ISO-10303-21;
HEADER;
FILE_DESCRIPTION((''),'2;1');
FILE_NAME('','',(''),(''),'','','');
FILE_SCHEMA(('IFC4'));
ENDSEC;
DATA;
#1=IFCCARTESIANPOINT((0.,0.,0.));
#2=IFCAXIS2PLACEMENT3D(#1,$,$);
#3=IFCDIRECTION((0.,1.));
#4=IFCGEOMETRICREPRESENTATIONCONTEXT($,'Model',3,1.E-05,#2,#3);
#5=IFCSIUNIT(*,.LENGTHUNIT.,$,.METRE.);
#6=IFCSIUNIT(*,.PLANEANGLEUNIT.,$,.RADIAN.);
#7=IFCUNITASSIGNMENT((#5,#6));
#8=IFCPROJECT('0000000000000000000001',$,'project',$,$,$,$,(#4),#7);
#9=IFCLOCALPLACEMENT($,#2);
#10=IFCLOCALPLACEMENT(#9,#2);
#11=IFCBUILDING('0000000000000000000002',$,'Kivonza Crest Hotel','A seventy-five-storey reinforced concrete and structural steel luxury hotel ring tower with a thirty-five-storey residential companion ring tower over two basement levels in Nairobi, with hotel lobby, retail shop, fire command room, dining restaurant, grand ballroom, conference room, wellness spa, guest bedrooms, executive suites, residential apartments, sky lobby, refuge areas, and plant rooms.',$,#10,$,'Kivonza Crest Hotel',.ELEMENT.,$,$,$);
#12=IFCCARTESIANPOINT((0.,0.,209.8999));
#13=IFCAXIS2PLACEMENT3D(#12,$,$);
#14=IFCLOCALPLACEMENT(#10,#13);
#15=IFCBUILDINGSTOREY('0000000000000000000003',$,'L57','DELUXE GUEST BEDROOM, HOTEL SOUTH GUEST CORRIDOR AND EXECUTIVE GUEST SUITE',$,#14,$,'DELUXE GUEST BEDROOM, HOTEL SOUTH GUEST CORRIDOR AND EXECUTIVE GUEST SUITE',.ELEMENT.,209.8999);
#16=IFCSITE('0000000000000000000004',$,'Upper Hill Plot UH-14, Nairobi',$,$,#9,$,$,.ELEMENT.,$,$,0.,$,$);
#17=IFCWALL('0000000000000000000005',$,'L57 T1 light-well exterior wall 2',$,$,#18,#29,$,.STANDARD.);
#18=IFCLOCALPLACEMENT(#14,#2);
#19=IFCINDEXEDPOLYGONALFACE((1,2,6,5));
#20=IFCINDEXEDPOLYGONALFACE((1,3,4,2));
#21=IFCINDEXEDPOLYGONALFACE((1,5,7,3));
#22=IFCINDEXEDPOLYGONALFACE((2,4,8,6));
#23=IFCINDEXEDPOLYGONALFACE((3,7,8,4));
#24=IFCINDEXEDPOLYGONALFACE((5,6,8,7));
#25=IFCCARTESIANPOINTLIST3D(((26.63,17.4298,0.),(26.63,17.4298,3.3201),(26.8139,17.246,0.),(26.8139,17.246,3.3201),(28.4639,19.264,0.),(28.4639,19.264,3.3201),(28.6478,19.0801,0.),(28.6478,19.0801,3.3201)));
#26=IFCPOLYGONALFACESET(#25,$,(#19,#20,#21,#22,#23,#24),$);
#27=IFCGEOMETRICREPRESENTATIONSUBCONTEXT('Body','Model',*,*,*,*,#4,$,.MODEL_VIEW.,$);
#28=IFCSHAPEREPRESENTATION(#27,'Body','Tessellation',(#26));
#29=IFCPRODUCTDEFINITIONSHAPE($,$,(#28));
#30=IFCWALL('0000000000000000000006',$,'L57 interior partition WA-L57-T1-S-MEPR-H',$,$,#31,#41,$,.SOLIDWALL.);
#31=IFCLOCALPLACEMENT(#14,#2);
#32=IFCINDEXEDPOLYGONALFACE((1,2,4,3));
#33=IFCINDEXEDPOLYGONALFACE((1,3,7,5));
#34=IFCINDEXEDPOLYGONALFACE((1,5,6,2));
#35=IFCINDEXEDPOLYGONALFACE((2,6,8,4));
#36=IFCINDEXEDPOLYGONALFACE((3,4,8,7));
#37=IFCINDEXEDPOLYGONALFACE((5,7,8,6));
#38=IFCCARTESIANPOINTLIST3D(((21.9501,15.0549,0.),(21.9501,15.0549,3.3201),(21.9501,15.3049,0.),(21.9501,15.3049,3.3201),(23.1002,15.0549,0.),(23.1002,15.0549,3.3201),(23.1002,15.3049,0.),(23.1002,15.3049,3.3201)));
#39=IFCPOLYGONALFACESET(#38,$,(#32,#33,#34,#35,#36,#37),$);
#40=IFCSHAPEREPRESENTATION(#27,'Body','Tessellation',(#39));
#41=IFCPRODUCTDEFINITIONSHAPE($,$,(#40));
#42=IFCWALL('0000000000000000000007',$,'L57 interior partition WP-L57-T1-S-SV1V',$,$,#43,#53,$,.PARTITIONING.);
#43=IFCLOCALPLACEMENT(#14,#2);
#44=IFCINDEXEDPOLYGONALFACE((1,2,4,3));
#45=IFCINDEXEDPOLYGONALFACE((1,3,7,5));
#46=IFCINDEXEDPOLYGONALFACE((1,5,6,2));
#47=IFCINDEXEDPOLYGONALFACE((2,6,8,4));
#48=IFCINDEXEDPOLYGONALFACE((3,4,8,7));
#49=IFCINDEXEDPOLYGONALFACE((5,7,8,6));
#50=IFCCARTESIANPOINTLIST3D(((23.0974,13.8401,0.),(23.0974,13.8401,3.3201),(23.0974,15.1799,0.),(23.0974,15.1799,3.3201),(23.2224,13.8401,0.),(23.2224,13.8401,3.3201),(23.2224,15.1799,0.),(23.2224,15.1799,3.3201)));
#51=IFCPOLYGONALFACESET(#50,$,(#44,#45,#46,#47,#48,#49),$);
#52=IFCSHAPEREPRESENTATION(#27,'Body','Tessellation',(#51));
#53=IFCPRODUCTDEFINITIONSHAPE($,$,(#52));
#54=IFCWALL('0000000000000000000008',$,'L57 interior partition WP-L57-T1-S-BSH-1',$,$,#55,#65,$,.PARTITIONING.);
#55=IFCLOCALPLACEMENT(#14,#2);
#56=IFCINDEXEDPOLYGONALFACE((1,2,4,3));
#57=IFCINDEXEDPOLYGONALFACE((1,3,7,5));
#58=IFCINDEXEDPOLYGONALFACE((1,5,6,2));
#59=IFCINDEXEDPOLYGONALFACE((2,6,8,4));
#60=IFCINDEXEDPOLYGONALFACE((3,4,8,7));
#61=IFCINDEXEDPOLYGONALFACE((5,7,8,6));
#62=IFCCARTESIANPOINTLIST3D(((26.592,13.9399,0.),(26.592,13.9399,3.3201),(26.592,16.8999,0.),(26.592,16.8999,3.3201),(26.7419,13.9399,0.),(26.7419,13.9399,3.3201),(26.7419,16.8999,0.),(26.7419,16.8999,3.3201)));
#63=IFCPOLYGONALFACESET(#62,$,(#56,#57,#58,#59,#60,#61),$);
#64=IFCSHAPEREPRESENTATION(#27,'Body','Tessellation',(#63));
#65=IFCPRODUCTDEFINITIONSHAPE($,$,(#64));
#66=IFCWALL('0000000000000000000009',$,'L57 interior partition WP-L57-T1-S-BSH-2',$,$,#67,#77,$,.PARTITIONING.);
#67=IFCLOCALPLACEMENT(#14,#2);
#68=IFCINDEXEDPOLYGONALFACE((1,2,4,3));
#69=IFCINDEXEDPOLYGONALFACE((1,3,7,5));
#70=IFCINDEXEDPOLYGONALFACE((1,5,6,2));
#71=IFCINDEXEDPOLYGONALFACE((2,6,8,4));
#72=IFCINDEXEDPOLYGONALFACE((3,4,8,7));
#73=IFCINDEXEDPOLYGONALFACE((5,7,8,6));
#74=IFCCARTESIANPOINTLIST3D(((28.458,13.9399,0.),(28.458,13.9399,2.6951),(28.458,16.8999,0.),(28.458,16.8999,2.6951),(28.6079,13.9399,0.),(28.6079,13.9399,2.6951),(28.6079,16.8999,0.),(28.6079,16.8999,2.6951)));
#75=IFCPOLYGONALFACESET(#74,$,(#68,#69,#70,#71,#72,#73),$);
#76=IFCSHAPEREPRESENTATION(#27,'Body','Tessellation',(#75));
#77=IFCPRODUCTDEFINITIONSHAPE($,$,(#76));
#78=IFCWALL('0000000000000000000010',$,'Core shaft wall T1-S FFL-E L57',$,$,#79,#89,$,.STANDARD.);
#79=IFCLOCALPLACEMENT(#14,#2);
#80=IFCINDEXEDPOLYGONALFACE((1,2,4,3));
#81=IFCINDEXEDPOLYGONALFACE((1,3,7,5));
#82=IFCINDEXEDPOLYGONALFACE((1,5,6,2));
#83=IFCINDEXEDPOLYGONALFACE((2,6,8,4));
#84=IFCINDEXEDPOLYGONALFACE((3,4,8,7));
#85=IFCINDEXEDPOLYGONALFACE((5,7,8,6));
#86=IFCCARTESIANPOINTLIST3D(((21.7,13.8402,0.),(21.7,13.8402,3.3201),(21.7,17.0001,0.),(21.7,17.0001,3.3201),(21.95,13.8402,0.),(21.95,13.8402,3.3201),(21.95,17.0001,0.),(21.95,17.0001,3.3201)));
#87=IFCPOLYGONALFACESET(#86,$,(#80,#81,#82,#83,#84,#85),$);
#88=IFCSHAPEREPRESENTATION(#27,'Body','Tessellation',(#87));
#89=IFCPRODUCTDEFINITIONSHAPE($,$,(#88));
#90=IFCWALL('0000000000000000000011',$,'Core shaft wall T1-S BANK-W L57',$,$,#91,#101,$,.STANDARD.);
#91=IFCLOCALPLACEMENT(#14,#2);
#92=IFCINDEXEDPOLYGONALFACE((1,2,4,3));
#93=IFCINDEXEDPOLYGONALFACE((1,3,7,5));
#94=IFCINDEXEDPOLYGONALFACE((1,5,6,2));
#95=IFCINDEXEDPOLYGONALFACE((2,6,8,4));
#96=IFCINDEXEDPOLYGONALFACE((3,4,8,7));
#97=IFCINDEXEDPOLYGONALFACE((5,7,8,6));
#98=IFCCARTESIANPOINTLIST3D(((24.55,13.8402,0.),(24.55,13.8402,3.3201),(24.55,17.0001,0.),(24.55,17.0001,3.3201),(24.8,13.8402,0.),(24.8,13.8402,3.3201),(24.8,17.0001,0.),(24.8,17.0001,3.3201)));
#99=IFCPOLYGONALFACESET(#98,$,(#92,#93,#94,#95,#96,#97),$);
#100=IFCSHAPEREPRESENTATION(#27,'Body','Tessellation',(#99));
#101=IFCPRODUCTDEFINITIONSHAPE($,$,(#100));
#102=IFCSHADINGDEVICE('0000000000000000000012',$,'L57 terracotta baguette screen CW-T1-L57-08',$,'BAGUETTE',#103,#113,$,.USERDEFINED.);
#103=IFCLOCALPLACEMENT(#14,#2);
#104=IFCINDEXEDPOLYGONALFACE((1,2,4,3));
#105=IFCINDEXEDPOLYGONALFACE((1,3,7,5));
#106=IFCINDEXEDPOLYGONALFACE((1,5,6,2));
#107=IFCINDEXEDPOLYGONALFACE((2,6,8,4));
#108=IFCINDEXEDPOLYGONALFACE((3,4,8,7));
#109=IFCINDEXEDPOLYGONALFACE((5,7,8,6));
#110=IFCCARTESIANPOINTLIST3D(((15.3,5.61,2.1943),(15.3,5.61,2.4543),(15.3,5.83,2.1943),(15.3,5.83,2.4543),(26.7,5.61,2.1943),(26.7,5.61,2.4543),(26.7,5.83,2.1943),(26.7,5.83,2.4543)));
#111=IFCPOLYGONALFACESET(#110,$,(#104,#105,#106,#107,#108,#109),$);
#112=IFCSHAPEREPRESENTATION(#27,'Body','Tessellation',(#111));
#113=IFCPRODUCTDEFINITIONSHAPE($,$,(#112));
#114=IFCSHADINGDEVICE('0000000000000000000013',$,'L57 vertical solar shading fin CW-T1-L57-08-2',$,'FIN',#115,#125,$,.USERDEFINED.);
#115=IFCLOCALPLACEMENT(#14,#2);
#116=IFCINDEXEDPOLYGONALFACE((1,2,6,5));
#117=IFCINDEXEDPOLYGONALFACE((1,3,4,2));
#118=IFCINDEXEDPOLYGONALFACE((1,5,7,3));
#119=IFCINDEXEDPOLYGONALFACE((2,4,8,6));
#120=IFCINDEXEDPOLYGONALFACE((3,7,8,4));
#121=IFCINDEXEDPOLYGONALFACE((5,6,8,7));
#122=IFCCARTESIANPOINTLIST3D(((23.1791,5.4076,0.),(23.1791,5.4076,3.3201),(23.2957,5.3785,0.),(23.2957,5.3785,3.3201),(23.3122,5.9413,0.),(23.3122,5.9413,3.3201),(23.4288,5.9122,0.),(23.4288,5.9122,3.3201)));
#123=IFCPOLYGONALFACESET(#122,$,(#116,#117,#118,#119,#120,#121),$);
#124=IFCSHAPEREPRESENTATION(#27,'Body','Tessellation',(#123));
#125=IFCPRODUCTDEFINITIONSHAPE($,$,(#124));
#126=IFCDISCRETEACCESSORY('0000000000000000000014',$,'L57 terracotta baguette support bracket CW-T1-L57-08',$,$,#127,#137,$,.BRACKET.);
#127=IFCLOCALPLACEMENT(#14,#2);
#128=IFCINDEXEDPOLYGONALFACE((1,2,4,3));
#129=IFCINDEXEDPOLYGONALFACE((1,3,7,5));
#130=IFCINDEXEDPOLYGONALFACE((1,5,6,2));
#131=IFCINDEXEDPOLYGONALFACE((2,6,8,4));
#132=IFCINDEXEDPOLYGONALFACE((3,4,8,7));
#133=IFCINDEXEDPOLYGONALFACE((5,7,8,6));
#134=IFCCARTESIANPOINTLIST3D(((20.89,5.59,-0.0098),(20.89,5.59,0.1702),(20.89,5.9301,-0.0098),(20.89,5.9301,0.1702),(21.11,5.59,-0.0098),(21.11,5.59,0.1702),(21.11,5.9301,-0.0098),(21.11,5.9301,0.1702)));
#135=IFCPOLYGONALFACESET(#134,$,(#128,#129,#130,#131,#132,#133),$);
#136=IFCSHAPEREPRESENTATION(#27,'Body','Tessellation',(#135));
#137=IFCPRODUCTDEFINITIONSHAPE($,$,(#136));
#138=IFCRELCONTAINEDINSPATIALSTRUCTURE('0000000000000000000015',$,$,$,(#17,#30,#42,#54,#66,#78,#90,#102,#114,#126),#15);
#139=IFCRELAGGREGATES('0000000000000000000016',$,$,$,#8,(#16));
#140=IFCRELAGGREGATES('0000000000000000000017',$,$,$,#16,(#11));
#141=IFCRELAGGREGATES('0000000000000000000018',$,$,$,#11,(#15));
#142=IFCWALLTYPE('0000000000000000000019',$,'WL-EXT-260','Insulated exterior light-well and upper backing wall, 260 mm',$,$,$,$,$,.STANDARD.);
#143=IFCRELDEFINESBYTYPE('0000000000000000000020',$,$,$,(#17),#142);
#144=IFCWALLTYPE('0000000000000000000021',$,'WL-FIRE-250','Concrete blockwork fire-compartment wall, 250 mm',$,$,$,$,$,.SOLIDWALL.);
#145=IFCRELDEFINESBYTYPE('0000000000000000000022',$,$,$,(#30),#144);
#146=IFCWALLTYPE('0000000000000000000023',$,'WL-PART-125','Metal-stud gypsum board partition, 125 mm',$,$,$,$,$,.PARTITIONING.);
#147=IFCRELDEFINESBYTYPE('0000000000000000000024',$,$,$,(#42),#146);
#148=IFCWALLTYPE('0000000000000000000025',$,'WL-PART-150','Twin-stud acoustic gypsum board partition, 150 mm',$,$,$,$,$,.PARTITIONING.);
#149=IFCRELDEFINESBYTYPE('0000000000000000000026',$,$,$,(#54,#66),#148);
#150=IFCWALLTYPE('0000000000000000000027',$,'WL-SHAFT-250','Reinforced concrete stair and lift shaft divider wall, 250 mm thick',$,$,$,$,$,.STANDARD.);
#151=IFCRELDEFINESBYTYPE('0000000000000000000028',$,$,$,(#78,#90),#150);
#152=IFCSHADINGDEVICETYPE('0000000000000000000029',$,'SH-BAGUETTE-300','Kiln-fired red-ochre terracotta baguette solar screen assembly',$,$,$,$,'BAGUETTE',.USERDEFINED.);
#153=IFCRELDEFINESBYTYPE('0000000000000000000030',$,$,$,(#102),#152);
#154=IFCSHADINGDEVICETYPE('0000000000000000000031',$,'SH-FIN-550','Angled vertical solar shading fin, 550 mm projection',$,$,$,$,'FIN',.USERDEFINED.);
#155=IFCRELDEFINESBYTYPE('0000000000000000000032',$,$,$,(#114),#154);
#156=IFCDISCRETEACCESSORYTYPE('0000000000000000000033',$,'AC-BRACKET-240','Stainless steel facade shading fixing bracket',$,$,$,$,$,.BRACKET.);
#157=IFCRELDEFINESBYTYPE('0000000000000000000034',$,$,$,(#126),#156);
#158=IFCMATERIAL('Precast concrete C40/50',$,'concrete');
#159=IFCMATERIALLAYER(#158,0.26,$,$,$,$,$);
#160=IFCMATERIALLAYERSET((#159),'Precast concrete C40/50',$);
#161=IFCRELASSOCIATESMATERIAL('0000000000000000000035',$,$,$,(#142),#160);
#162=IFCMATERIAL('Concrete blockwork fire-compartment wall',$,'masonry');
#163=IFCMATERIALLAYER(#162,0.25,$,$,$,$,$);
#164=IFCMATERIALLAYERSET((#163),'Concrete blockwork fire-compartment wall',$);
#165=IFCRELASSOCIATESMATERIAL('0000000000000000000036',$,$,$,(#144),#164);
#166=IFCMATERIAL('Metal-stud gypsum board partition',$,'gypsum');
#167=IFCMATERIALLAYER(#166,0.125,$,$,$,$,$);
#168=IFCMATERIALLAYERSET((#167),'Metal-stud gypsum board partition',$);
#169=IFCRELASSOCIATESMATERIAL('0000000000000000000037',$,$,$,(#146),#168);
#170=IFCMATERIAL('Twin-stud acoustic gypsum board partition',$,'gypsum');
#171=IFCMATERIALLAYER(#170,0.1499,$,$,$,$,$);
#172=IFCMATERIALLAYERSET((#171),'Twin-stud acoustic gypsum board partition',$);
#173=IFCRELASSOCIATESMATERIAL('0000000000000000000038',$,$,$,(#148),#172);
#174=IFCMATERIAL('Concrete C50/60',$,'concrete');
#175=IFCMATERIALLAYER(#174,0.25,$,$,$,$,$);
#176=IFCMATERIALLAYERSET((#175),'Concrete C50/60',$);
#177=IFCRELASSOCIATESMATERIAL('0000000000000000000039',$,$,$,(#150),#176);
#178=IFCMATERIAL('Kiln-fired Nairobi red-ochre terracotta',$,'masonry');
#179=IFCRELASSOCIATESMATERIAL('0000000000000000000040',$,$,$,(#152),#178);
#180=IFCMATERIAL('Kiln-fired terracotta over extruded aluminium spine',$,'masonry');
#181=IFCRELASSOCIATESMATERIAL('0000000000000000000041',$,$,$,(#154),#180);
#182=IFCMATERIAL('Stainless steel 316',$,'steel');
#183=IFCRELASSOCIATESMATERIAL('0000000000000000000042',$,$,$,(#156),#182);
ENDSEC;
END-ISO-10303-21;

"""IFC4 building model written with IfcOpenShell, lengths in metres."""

from ifc_helpers import new_model, si_unit, direction, frame, frame_2d, origin, origin_2d, place, context, subcontext, project, spatial, rectangle, extrude, material, layer, layer_set, type_object, element, save


model = new_model("IFC4")

# Units and contexts
model_context = context("Model", 3, precision=1e-05, world=origin(), true_north=direction((0.0, 1.0)))
body_context = subcontext(model_context, "Body", "Model", "MODEL_VIEW")
ifc_project = project(units=[si_unit("LENGTHUNIT", "METRE"), si_unit("PLANEANGLEUNIT", "RADIAN")], contexts=[model_context])

# Site, building, storey
site_placement = place(None, origin())
site = spatial("IfcSite", under=ifc_project, at=site_placement, Name="Upper Hill Plot UH-14, Nairobi", CompositionType="ELEMENT", RefElevation=0.0)
building_placement = place(site_placement, origin())
building = spatial("IfcBuilding", under=site, at=building_placement, Name="Kivonza Crest Hotel", Description="A seventy-five-storey reinforced concrete and structural steel luxury hotel ring tower with a thirty-five-storey residential companion ring tower over two basement levels in Nairobi, with hotel lobby, retail shop, fire command room, dining restaurant, grand ballroom, conference room, wellness spa, guest bedrooms, executive suites, residential apartments, sky lobby, refuge areas, and plant rooms.", LongName="Kivonza Crest Hotel", CompositionType="ELEMENT")
storey_placement = place(building_placement, frame((0.0, 0.0, 209.8999)))
storey = spatial("IfcBuildingStorey", under=building, at=storey_placement, Name="L57", Description="DELUXE GUEST BEDROOM, HOTEL SOUTH GUEST CORRIDOR AND EXECUTIVE GUEST SUITE", LongName="DELUXE GUEST BEDROOM, HOTEL SOUTH GUEST CORRIDOR AND EXECUTIVE GUEST SUITE", CompositionType="ELEMENT", Elevation=209.8999)

# Shared definitions
ifc_material_1 = material(Name="Concrete C50/60", Category="concrete")

# Shared definitions
ifc_material_2 = material(Name="Precast concrete C40/50", Category="concrete")
ifc_layer_1 = layer(ifc_material_2, 0.26)
ifc_layer_set_1 = layer_set([ifc_layer_1], Name="Precast concrete C40/50")
wall_type_1 = type_object("IfcWallType", Name="WL-EXT-260", Description="Insulated exterior light-well and upper backing wall, 260 mm", PredefinedType="STANDARD", material=ifc_layer_set_1)

# Walls
wall_1_placement = place(storey_placement, frame((26.7219, 17.3379, 0.0), z_axis=(0.0, 0.0, 1.0), x_axis=(0.70706, 0.707154, 0.0)))
element("IfcWall", 1, at=wall_1_placement, inside=storey, type_object=wall_type_1, Name="L57 T1 light-well exterior wall 2", PredefinedType="STANDARD", context=body_context, shape_type="SweptSolid", body=[
    extrude(rectangle(XDim=2.5938, YDim=0.26, at=frame_2d((1.2969, 0.0))), origin(), (0.0, 0.0, 1.0), 3.3201),
])
ifc_material_3 = material(Name="Concrete blockwork fire-compartment wall", Category="masonry")
ifc_layer_2 = layer(ifc_material_3, 0.25)
ifc_layer_set_2 = layer_set([ifc_layer_2], Name="Concrete blockwork fire-compartment wall")
wall_type_2 = type_object("IfcWallType", Name="WL-FIRE-250", Description="Concrete blockwork fire-compartment wall, 250 mm", PredefinedType="SOLIDWALL", material=ifc_layer_set_2)
wall_2_placement = place(storey_placement, frame((21.95, 15.1799, 0.0), z_axis=(0.0, 0.0, 1.0), x_axis=(1.0, 0.0, 0.0)))
element("IfcWall", 2, at=wall_2_placement, inside=storey, type_object=wall_type_2, Name="L57 interior partition WA-L57-T1-S-MEPR-H", PredefinedType="SOLIDWALL", context=body_context, shape_type="SweptSolid", body=[
    extrude(rectangle(XDim=1.1501, YDim=0.25, at=frame_2d((0.5752, 0.0))), origin(), (0.0, 0.0, 1.0), 3.3201),
])
ifc_material_4 = material(Name="Metal-stud gypsum board partition", Category="gypsum")
ifc_layer_3 = layer(ifc_material_4, 0.125)
ifc_layer_set_3 = layer_set([ifc_layer_3], Name="Metal-stud gypsum board partition")
wall_type_3 = type_object("IfcWallType", Name="WL-PART-125", Description="Metal-stud gypsum board partition, 125 mm", PredefinedType="PARTITIONING", material=ifc_layer_set_3)
wall_3_placement = place(storey_placement, frame((23.1599, 13.8401, 0.0), z_axis=(0.0, 0.0, 1.0), x_axis=(0.0, 1.0, 0.0)))
element("IfcWall", 3, at=wall_3_placement, inside=storey, type_object=wall_type_3, Name="L57 interior partition WP-L57-T1-S-SV1V", PredefinedType="PARTITIONING", context=body_context, shape_type="SweptSolid", body=[
    extrude(rectangle(XDim=1.3398, YDim=0.125, at=frame_2d((0.6699, 0.0))), origin(), (0.0, 0.0, 1.0), 3.3201),
])
ifc_material_5 = material(Name="Twin-stud acoustic gypsum board partition", Category="gypsum")
ifc_layer_4 = layer(ifc_material_5, 0.1499)
ifc_layer_set_4 = layer_set([ifc_layer_4], Name="Twin-stud acoustic gypsum board partition")
wall_type_4 = type_object("IfcWallType", Name="WL-PART-150", Description="Twin-stud acoustic gypsum board partition, 150 mm", PredefinedType="PARTITIONING", material=ifc_layer_set_4)
wall_4_placement = place(storey_placement, frame((26.667, 13.9399, 0.0), z_axis=(0.0, 0.0, 1.0), x_axis=(0.0, 1.0, 0.0)))
element("IfcWall", 4, at=wall_4_placement, inside=storey, type_object=wall_type_4, Name="L57 interior partition WP-L57-T1-S-BSH-1", PredefinedType="PARTITIONING", context=body_context, shape_type="SweptSolid", body=[
    extrude(rectangle(XDim=2.96, YDim=0.1499, at=frame_2d((1.48, 0.0))), origin(), (0.0, 0.0, 1.0), 3.3201),
])
wall_5_placement = place(storey_placement, frame((28.533, 13.9399, 0.0), z_axis=(0.0, 0.0, 1.0), x_axis=(0.0, 1.0, 0.0)))
element("IfcWall", 5, at=wall_5_placement, inside=storey, type_object=wall_type_4, Name="L57 interior partition WP-L57-T1-S-BSH-2", PredefinedType="PARTITIONING", context=body_context, shape_type="SweptSolid", body=[
    extrude(rectangle(XDim=2.96, YDim=0.1499, at=frame_2d((1.48, 0.0))), origin(), (0.0, 0.0, 1.0), 2.6951),
])
ifc_layer_5 = layer(ifc_material_1, 0.25)
ifc_layer_set_5 = layer_set([ifc_layer_5], Name="Concrete C50/60")
wall_type_5 = type_object("IfcWallType", Name="WL-SHAFT-250", Description="Reinforced concrete stair and lift shaft divider wall, 250 mm thick", PredefinedType="STANDARD", material=ifc_layer_set_5)
for number, where, z_axis, x_axis, name in (
    (6, (21.825, 13.8401, 0.0), (0.0, 0.0, 1.0), (0.0, 1.0, 0.0), "Core shaft wall T1-S FFL-E L57"),
    (7, (24.675, 13.8401, 0.0), (0.0, 0.0, 1.0), (0.0, 1.0, 0.0), "Core shaft wall T1-S BANK-W L57"),
):
    element("IfcWall", number, at=place(storey_placement, frame(where, z_axis=z_axis, x_axis=x_axis)), inside=storey, type_object=wall_type_5, Name=name, PredefinedType="STANDARD", context=body_context, shape_type="SweptSolid", body=[
        extrude(rectangle(XDim=3.1599, YDim=0.25, at=frame_2d((1.5801, 0.0))), origin(), (0.0, 0.0, 1.0), 3.3201),
    ])

# Shading devices
ifc_material_6 = material(Name="Kiln-fired Nairobi red-ochre terracotta", Category="masonry")
shading_device_type_1 = type_object("IfcShadingDeviceType", Name="SH-BAGUETTE-300", Description="Kiln-fired red-ochre terracotta baguette solar screen assembly", ElementType="BAGUETTE", PredefinedType="USERDEFINED", material=ifc_material_6)
shading_device_1_placement = place(storey_placement, frame((21.0, 5.72, 2.1943), z_axis=(0.0, 0.0, 1.0), x_axis=(1.0, 0.0, 0.0)))
element("IfcShadingDevice", 8, at=shading_device_1_placement, inside=storey, type_object=shading_device_type_1, Name="L57 terracotta baguette screen CW-T1-L57-08", ObjectType="BAGUETTE", PredefinedType="USERDEFINED", context=body_context, shape_type="SweptSolid", body=[
    extrude(rectangle(XDim=11.3999, YDim=0.22, at=origin_2d()), origin(), (0.0, 0.0, 1.0), 0.26),
])
ifc_material_7 = material(Name="Kiln-fired terracotta over extruded aluminium spine", Category="masonry")
shading_device_type_2 = type_object("IfcShadingDeviceType", Name="SH-FIN-550", Description="Angled vertical solar shading fin, 550 mm projection", ElementType="FIN", PredefinedType="USERDEFINED", material=ifc_material_7)
shading_device_2_placement = place(storey_placement, frame((23.304, 5.6599, 0.0), z_axis=(0.0, 0.0, 1.0), x_axis=(0.970296, -0.241922, 0.0)))
element("IfcShadingDevice", 9, at=shading_device_2_placement, inside=storey, type_object=shading_device_type_2, Name="L57 vertical solar shading fin CW-T1-L57-08-2", ObjectType="FIN", PredefinedType="USERDEFINED", context=body_context, shape_type="SweptSolid", body=[
    extrude(rectangle(XDim=0.1201, YDim=0.55, at=origin_2d()), origin(), (0.0, 0.0, 1.0), 3.3201),
])

# Discrete accessory
ifc_material_8 = material(Name="Stainless steel 316", Category="steel")
discrete_accessory_type = type_object("IfcDiscreteAccessoryType", Name="AC-BRACKET-240", Description="Stainless steel facade shading fixing bracket", PredefinedType="BRACKET", material=ifc_material_8)
discrete_accessory_placement = place(storey_placement, frame((21.0, 5.76, -0.0098), z_axis=(0.0, 0.0, 1.0), x_axis=(1.0, 0.0, 0.0)))
element("IfcDiscreteAccessory", 10, at=discrete_accessory_placement, inside=storey, type_object=discrete_accessory_type, Name="L57 terracotta baguette support bracket CW-T1-L57-08", PredefinedType="BRACKET", context=body_context, shape_type="SweptSolid", body=[
    extrude(rectangle(XDim=0.22, YDim=0.3401, at=origin_2d()), origin(), (0.0, 0.0, 1.0), 0.1799),
])

save(model, "model.ifc")
